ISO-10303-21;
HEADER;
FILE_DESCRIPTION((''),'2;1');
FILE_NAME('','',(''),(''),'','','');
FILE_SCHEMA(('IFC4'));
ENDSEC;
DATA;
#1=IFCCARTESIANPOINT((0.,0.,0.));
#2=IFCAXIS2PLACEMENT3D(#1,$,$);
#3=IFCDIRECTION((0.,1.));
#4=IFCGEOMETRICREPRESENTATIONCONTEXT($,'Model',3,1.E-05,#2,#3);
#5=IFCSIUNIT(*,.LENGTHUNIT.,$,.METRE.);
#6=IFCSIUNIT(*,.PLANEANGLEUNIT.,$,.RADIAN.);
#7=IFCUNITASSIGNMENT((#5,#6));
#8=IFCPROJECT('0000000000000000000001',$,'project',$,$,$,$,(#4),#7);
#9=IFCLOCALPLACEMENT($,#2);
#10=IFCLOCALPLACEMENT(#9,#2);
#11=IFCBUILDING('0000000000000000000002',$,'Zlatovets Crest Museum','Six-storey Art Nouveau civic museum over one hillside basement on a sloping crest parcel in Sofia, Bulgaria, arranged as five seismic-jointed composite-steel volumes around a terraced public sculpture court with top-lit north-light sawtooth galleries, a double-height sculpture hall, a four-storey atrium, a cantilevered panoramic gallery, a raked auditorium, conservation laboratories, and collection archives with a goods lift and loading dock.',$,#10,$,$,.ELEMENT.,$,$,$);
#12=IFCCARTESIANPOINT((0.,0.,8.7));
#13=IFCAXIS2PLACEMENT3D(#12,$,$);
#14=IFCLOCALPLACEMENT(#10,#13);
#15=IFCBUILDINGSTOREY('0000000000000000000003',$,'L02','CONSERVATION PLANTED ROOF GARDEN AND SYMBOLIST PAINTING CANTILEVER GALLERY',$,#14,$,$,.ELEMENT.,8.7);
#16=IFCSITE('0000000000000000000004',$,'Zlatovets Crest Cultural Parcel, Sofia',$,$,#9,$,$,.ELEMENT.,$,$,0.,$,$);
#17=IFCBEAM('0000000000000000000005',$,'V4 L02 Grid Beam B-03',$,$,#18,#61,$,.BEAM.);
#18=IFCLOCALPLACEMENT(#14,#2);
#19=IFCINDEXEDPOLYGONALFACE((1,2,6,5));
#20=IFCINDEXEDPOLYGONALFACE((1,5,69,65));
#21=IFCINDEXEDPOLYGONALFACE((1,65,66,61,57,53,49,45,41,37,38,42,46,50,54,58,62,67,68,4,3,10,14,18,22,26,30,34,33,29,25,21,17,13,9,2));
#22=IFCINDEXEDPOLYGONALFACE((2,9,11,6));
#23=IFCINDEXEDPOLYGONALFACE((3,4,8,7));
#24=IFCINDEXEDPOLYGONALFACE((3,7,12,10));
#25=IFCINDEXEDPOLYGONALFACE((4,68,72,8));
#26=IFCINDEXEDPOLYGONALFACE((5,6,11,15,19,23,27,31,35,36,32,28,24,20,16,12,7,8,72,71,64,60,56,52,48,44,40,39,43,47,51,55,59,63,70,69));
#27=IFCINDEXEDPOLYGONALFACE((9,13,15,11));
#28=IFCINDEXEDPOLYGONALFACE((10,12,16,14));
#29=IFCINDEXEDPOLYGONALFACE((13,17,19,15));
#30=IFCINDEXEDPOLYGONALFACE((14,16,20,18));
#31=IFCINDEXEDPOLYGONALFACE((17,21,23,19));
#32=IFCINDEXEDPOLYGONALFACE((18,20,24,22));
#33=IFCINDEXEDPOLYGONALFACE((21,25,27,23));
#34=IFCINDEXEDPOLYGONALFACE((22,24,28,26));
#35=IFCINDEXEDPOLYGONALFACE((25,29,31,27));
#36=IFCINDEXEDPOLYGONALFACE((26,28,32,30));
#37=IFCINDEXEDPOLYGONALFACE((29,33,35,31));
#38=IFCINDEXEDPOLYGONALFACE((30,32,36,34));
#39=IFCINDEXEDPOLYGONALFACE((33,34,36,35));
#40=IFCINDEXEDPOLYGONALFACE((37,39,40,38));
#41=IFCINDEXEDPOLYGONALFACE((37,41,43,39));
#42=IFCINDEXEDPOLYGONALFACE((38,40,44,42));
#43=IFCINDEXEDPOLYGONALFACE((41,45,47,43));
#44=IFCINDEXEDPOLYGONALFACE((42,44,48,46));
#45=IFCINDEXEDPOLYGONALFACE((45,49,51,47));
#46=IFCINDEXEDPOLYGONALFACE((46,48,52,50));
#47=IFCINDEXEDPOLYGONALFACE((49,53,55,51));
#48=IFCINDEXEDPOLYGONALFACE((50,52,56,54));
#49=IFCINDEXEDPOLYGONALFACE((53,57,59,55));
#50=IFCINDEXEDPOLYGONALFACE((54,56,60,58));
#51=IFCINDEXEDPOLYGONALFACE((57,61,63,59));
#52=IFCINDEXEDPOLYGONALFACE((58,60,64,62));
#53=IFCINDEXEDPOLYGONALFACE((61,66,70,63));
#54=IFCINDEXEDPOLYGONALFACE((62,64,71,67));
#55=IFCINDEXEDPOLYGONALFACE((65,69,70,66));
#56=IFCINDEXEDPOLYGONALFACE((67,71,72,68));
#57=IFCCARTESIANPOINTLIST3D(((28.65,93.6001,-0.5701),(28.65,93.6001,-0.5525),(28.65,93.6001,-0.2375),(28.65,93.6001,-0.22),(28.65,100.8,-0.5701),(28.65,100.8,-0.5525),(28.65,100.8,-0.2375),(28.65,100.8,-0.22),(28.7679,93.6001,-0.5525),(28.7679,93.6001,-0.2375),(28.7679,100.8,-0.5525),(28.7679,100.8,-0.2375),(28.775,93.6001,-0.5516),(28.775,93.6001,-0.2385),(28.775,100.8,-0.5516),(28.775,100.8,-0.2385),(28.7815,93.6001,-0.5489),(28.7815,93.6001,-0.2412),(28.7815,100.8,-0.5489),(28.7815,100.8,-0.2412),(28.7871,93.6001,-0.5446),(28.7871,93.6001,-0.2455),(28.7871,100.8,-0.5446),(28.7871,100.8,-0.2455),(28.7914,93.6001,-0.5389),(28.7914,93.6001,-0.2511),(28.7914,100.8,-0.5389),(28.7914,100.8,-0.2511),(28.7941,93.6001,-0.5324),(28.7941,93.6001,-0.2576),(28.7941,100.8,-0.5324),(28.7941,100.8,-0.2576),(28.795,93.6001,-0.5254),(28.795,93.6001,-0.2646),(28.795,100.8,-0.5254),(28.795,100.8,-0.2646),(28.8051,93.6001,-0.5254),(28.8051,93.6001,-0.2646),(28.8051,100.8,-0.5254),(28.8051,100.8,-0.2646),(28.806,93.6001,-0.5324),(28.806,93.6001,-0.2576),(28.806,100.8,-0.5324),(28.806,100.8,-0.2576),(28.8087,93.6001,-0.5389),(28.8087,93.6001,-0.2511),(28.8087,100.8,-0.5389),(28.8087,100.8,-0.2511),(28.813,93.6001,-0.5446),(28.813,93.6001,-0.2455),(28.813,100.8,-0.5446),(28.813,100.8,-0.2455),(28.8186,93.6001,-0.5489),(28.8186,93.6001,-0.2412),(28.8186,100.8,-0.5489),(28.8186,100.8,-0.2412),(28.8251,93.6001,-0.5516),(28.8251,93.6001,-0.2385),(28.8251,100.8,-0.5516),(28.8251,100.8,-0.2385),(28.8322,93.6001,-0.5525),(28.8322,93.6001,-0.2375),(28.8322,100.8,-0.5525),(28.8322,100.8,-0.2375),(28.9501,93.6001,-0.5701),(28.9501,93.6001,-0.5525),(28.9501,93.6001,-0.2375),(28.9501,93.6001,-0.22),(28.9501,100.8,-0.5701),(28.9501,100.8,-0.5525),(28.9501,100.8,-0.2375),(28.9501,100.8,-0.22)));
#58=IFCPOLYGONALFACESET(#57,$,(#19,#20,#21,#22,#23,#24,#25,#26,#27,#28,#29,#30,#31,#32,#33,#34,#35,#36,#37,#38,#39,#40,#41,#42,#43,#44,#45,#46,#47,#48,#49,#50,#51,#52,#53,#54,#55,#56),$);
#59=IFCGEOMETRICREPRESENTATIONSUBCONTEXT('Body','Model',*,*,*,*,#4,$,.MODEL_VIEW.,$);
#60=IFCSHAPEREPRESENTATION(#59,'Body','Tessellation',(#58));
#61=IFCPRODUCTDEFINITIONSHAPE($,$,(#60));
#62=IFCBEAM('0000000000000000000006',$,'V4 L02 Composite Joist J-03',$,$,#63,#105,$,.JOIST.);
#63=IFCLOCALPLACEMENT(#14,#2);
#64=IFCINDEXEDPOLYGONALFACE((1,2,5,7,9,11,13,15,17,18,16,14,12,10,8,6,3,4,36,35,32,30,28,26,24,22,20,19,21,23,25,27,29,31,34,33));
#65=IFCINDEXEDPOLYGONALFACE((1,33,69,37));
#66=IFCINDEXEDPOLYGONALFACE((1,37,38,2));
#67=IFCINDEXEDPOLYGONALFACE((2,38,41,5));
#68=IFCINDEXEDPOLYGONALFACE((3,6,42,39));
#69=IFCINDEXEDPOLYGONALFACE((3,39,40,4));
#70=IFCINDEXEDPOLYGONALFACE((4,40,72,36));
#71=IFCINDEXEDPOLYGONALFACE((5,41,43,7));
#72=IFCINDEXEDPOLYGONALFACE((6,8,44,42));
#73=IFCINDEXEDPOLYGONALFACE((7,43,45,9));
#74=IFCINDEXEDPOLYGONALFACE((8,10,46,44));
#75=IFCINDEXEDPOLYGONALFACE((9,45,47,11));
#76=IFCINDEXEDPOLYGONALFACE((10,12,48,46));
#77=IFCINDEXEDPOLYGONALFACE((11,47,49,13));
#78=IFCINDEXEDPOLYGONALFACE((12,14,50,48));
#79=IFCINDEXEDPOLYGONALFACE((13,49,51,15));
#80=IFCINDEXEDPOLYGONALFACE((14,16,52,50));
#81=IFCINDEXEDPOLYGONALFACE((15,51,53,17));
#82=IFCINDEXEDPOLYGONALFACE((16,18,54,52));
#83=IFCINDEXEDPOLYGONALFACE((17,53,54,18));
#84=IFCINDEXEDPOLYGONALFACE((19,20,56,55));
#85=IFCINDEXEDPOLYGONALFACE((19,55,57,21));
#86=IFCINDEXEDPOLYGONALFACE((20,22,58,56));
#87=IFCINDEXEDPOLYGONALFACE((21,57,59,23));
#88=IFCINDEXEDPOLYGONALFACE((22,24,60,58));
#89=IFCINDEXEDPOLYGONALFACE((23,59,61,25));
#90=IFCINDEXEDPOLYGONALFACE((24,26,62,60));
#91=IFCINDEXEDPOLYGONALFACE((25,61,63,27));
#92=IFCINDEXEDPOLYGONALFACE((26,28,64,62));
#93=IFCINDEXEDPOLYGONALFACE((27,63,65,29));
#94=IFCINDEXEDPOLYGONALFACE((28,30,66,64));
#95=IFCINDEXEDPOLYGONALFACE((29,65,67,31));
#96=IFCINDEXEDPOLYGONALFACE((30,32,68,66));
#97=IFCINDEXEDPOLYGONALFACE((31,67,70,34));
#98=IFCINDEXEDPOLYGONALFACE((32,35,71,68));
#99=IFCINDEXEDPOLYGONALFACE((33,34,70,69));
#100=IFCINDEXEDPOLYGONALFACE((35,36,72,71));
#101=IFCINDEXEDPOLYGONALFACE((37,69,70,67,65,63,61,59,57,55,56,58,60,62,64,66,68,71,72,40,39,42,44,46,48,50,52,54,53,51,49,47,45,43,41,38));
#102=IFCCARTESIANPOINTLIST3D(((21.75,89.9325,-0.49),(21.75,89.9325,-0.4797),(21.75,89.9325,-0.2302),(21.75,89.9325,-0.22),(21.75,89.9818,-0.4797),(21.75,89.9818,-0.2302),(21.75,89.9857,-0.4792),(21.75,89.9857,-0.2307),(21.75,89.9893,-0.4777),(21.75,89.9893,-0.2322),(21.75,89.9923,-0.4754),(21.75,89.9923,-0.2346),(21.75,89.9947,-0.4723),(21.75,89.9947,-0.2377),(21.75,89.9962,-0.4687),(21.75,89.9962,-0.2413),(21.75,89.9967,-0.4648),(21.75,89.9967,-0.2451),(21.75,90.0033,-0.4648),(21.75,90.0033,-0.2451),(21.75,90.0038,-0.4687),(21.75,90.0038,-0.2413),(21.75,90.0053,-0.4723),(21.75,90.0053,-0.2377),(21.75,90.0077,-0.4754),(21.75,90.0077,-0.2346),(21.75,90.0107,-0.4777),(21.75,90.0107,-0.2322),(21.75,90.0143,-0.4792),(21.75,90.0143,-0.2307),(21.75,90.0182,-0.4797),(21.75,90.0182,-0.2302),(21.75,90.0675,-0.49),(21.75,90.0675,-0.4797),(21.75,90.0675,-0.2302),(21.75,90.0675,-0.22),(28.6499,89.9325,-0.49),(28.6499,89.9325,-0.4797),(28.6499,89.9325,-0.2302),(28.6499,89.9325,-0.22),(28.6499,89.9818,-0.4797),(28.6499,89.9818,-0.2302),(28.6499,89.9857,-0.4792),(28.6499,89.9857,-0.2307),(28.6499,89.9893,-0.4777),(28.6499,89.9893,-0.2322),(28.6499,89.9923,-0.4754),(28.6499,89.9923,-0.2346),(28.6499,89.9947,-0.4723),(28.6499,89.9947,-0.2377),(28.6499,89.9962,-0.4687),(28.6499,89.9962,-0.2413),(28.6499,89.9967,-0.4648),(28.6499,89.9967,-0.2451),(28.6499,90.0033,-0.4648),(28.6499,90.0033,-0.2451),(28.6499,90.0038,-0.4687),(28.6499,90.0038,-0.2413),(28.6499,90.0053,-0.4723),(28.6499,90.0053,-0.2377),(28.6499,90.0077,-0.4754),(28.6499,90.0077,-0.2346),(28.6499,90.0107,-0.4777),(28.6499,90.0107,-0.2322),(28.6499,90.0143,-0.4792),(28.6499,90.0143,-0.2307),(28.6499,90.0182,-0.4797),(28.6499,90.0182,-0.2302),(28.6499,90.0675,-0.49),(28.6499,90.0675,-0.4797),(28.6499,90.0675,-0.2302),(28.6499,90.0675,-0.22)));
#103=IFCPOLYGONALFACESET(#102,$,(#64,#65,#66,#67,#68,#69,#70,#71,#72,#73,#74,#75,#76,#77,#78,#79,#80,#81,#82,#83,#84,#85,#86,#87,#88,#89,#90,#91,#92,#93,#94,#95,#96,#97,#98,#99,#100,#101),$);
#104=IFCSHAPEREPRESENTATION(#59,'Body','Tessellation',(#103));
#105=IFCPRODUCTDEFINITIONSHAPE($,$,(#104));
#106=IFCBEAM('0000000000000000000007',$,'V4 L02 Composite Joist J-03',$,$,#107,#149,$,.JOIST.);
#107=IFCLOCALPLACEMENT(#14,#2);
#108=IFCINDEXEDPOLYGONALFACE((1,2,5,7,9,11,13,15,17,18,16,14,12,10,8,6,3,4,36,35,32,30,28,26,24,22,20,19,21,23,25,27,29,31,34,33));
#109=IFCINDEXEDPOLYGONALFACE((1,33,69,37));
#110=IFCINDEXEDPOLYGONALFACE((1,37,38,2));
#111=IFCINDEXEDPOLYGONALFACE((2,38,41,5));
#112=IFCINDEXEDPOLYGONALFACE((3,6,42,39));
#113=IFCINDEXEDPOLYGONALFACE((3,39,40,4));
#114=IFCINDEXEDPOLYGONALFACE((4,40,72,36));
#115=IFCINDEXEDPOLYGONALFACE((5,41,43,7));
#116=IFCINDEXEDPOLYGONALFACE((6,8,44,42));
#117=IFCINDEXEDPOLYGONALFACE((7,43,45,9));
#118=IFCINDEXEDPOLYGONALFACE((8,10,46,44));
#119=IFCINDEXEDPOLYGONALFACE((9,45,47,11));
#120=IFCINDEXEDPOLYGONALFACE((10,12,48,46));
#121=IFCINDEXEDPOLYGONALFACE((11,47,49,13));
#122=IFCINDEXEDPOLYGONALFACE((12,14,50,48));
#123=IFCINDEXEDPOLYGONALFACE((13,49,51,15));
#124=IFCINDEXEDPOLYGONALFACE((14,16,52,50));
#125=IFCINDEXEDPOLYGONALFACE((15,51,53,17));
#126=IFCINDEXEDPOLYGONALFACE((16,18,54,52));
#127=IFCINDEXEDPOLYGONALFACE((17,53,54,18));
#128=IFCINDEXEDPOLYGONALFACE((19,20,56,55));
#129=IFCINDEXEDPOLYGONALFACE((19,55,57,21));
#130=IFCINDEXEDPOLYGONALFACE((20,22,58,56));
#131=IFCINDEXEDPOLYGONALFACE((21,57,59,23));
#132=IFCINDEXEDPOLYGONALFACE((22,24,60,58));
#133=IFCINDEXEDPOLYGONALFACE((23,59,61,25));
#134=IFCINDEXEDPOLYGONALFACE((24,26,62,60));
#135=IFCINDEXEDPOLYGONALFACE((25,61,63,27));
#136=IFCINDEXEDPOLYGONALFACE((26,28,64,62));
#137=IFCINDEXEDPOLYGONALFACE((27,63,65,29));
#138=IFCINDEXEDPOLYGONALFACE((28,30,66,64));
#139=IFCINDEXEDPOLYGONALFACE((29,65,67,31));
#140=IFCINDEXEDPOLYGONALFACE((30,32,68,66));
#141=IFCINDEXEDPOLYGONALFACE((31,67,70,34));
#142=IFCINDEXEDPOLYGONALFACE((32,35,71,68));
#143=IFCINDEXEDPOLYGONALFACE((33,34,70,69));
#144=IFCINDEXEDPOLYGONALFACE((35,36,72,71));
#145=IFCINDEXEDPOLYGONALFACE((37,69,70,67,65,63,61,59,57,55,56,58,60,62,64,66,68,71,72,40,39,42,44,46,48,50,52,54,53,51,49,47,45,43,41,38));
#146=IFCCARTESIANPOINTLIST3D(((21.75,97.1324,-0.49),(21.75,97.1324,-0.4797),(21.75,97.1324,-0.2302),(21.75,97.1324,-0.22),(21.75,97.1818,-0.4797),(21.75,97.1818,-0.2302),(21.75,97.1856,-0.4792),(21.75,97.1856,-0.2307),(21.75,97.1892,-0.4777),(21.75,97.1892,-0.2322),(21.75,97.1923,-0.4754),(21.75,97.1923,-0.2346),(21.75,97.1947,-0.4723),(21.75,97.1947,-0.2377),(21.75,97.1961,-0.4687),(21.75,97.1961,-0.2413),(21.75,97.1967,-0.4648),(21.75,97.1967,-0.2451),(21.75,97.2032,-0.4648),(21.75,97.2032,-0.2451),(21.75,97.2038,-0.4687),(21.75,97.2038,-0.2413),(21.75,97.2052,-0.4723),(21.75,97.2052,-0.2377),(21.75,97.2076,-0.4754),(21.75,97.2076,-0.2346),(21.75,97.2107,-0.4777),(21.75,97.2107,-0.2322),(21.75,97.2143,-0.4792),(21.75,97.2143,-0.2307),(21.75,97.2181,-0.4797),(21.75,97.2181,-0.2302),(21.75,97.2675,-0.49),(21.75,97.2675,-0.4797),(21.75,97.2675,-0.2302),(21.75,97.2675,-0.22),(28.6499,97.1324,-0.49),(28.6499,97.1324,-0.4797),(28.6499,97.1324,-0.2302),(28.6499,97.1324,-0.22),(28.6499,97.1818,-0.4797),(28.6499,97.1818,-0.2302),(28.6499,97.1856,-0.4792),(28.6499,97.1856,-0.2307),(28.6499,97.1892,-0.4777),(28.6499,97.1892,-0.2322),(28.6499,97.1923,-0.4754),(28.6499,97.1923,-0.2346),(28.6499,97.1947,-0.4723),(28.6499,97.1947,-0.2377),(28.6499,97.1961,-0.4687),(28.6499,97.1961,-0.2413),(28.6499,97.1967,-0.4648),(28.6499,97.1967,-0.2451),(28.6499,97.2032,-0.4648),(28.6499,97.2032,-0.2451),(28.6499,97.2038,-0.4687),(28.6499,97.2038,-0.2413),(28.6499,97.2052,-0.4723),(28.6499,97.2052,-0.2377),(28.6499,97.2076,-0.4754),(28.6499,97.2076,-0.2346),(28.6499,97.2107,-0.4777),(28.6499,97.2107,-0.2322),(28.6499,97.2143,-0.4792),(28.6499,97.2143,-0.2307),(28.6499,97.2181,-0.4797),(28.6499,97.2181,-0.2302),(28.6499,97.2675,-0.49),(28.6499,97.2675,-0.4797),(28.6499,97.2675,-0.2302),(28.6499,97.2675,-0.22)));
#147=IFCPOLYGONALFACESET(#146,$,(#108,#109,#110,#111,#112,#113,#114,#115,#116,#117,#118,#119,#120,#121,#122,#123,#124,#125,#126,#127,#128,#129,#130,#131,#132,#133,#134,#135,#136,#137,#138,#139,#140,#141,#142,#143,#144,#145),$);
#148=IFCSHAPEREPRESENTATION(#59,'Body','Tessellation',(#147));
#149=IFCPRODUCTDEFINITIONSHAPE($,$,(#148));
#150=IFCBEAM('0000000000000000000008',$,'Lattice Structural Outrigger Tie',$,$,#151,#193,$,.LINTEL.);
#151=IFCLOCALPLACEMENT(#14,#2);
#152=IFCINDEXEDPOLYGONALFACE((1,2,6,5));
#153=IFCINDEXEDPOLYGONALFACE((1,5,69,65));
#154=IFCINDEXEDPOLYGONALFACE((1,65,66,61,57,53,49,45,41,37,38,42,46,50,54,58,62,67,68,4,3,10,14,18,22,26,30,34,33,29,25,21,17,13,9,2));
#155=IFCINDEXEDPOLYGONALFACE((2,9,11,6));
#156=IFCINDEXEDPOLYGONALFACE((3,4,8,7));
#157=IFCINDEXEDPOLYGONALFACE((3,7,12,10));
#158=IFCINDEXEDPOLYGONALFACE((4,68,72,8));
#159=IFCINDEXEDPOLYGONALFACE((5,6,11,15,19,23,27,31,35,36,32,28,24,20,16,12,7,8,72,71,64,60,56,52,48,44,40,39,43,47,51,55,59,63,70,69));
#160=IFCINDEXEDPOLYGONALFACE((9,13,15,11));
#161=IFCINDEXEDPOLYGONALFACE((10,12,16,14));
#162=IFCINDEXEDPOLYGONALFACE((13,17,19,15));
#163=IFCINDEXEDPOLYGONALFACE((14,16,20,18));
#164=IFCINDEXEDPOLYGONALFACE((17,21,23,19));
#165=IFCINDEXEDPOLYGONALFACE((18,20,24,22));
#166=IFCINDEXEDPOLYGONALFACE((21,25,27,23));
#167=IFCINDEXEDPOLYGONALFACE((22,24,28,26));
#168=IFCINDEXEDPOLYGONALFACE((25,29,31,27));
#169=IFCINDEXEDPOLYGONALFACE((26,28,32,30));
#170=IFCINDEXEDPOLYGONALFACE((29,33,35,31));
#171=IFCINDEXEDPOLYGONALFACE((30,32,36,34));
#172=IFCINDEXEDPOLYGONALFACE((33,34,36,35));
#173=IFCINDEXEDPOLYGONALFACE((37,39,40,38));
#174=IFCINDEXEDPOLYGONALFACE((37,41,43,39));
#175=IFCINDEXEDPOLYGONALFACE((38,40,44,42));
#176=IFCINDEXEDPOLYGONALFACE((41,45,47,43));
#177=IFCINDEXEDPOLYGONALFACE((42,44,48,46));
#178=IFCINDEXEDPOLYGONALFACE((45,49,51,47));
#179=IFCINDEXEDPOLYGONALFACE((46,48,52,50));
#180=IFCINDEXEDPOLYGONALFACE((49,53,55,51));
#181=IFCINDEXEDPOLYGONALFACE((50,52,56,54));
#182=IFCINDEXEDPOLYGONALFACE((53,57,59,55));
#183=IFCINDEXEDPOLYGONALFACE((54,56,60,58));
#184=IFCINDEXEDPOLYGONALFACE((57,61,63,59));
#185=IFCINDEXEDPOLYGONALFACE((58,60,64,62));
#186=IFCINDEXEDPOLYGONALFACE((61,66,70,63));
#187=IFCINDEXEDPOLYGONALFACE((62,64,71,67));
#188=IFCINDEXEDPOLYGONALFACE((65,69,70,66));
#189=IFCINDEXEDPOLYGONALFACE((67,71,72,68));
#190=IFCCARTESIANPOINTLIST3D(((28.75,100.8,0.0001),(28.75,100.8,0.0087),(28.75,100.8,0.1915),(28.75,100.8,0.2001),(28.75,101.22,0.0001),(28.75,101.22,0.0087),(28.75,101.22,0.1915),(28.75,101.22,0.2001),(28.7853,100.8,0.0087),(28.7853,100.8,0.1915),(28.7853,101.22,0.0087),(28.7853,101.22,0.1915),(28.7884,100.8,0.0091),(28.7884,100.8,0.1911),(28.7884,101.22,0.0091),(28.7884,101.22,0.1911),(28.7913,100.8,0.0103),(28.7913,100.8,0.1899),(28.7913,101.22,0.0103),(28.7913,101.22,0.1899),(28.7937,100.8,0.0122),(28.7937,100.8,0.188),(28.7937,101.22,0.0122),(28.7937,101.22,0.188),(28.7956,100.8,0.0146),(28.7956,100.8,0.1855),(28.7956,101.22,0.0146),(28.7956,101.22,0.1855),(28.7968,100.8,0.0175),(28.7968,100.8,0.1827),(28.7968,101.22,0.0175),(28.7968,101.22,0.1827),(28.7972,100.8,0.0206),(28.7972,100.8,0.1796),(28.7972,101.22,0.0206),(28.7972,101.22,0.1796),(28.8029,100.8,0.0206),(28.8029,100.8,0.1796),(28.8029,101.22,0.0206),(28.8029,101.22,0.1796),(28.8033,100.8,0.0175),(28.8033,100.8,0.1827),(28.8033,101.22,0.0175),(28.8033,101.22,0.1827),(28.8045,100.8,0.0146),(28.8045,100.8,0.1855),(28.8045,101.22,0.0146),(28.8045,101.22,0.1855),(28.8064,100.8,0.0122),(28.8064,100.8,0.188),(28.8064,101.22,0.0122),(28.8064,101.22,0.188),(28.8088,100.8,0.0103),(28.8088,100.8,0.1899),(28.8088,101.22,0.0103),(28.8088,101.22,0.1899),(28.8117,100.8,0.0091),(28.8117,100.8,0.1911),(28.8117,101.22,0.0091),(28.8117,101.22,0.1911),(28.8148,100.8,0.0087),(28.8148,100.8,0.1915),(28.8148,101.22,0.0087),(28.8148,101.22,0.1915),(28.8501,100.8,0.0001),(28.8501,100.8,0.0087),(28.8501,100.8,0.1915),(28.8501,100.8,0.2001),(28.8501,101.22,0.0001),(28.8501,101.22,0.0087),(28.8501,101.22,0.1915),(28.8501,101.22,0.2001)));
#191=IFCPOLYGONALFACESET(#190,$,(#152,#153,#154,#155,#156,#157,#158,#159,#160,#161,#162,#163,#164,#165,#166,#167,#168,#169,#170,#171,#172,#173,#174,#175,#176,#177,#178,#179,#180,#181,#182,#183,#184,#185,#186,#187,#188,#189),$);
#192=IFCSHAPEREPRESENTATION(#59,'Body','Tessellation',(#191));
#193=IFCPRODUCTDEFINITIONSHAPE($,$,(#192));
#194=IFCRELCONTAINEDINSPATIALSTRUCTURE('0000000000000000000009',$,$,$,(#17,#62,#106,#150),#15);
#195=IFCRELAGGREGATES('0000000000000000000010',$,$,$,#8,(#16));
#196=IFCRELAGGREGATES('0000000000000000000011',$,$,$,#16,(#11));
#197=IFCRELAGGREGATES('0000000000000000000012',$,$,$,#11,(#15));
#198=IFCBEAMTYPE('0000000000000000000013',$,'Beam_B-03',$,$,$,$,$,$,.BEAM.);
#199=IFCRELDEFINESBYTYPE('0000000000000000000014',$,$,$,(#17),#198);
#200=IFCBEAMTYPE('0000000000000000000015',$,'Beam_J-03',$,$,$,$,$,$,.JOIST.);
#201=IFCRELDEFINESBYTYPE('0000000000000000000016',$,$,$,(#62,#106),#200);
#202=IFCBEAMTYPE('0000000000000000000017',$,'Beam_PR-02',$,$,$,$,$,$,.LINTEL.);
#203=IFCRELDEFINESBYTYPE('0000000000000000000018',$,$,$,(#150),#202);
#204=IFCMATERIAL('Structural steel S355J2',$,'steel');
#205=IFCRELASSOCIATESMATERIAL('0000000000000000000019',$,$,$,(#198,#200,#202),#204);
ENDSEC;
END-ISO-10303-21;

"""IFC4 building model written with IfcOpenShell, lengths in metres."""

from ifc_helpers import new_model, si_unit, direction, frame, origin, origin_2d, place, context, subcontext, project, spatial, i_section, extrude, material, material_profile, profile_set, type_object, element, save


model = new_model("IFC4")

# Units and contexts
model_context = context("Model", 3, precision=1e-05, world=origin(), true_north=direction((0.0, 1.0)))
body_context = subcontext(model_context, "Body", "Model", "MODEL_VIEW")
ifc_project = project(units=[si_unit("LENGTHUNIT", "METRE"), si_unit("PLANEANGLEUNIT", "RADIAN")], contexts=[model_context])

# Site, building, storey
site_placement = place(None, origin())
site = spatial("IfcSite", under=ifc_project, at=site_placement, Name="Zlatovets Crest Cultural Parcel, Sofia", CompositionType="ELEMENT", RefElevation=0.0)
building_placement = place(site_placement, origin())
building = spatial("IfcBuilding", under=site, at=building_placement, Name="Zlatovets Crest Museum", Description="Six-storey Art Nouveau civic museum over one hillside basement on a sloping crest parcel in Sofia, Bulgaria, arranged as five seismic-jointed composite-steel volumes around a terraced public sculpture court with top-lit north-light sawtooth galleries, a double-height sculpture hall, a four-storey atrium, a cantilevered panoramic gallery, a raked auditorium, conservation laboratories, and collection archives with a goods lift and loading dock.", CompositionType="ELEMENT")
storey_placement = place(building_placement, frame((0.0, 0.0, 8.7)))
storey = spatial("IfcBuildingStorey", under=building, at=storey_placement, Name="L02", Description="CONSERVATION PLANTED ROOF GARDEN AND SYMBOLIST PAINTING CANTILEVER GALLERY", CompositionType="ELEMENT", Elevation=8.7)

# Shared definitions
ifc_material_1 = material(Name="Structural steel S355J2", Category="steel")

# Beams
ifc_material_profile_1 = material_profile(ifc_material_1, i_section(OverallWidth=0.3, OverallDepth=0.3501, WebThickness=0.01, FlangeThickness=0.0176, FilletRadius=0.0271, at=origin_2d()), Name="HEA 360")
ifc_profile_set_1 = profile_set([ifc_material_profile_1], Name="Structural steel S355J2")
beam_type_1 = type_object("IfcBeamType", Name="Beam_B-03", PredefinedType="BEAM", material=ifc_profile_set_1)
for number, where, z_axis, x_axis, name in (
    (1, (28.8, 93.6001, -0.395), (0.0, 1.0, 0.0), (-1.0, 0.0, 0.0), "V4 L02 Grid Beam B-03"),
):
    element("IfcBeam", number, at=place(storey_placement, frame(where, z_axis=z_axis, x_axis=x_axis)), inside=storey, type_object=beam_type_1, Name=name, PredefinedType="BEAM", context=body_context, shape_type="SweptSolid", body=[
        extrude(i_section(OverallWidth=0.3, OverallDepth=0.3501, WebThickness=0.01, FlangeThickness=0.0176, FilletRadius=0.0271, at=origin_2d()), origin(), (0.0, 0.0, 1.0), 7.2),
    ])
ifc_material_profile_2 = material_profile(ifc_material_1, i_section(OverallWidth=0.135, OverallDepth=0.27, WebThickness=0.0066, FlangeThickness=0.0103, FilletRadius=0.0149, at=origin_2d()), Name="IPE 270")
ifc_profile_set_2 = profile_set([ifc_material_profile_2], Name="Structural steel S355J2")
beam_type_2 = type_object("IfcBeamType", Name="Beam_J-03", PredefinedType="JOIST", material=ifc_profile_set_2)
for number, where, z_axis, x_axis, name in (
    (2, (21.75, 90.0, -0.355), (1.0, 0.0, 0.0), (0.0, 1.0, 0.0), "V4 L02 Composite Joist J-03"),
    (3, (21.75, 97.2, -0.355), (1.0, 0.0, 0.0), (0.0, 1.0, 0.0), "V4 L02 Composite Joist J-03"),
):
    element("IfcBeam", number, at=place(storey_placement, frame(where, z_axis=z_axis, x_axis=x_axis)), inside=storey, type_object=beam_type_2, Name=name, PredefinedType="JOIST", context=body_context, shape_type="SweptSolid", body=[
        extrude(i_section(OverallWidth=0.135, OverallDepth=0.27, WebThickness=0.0066, FlangeThickness=0.0103, FilletRadius=0.0149, at=origin_2d()), origin(), (0.0, 0.0, 1.0), 6.8999),
    ])
ifc_material_profile_3 = material_profile(ifc_material_1, i_section(OverallWidth=0.1001, OverallDepth=0.2, WebThickness=0.0056, FlangeThickness=0.0085, FilletRadius=0.012, at=origin_2d()), Name="IPE 200")
ifc_profile_set_3 = profile_set([ifc_material_profile_3], Name="Structural steel S355J2")
beam_type_3 = type_object("IfcBeamType", Name="Beam_PR-02", PredefinedType="LINTEL", material=ifc_profile_set_3)
for number, where, z_axis, x_axis, name in (
    (4, (28.8, 100.8, 0.1001), (0.0, 1.0, 0.0), (-1.0, 0.0, 0.0), "Lattice Structural Outrigger Tie"),
):
    element("IfcBeam", number, at=place(storey_placement, frame(where, z_axis=z_axis, x_axis=x_axis)), inside=storey, type_object=beam_type_3, Name=name, PredefinedType="LINTEL", context=body_context, shape_type="SweptSolid", body=[
        extrude(i_section(OverallWidth=0.1001, OverallDepth=0.2, WebThickness=0.0056, FlangeThickness=0.0085, FilletRadius=0.012, at=origin_2d()), origin(), (0.0, 0.0, 1.0), 0.4199),
    ])

save(model, "model.ifc")
